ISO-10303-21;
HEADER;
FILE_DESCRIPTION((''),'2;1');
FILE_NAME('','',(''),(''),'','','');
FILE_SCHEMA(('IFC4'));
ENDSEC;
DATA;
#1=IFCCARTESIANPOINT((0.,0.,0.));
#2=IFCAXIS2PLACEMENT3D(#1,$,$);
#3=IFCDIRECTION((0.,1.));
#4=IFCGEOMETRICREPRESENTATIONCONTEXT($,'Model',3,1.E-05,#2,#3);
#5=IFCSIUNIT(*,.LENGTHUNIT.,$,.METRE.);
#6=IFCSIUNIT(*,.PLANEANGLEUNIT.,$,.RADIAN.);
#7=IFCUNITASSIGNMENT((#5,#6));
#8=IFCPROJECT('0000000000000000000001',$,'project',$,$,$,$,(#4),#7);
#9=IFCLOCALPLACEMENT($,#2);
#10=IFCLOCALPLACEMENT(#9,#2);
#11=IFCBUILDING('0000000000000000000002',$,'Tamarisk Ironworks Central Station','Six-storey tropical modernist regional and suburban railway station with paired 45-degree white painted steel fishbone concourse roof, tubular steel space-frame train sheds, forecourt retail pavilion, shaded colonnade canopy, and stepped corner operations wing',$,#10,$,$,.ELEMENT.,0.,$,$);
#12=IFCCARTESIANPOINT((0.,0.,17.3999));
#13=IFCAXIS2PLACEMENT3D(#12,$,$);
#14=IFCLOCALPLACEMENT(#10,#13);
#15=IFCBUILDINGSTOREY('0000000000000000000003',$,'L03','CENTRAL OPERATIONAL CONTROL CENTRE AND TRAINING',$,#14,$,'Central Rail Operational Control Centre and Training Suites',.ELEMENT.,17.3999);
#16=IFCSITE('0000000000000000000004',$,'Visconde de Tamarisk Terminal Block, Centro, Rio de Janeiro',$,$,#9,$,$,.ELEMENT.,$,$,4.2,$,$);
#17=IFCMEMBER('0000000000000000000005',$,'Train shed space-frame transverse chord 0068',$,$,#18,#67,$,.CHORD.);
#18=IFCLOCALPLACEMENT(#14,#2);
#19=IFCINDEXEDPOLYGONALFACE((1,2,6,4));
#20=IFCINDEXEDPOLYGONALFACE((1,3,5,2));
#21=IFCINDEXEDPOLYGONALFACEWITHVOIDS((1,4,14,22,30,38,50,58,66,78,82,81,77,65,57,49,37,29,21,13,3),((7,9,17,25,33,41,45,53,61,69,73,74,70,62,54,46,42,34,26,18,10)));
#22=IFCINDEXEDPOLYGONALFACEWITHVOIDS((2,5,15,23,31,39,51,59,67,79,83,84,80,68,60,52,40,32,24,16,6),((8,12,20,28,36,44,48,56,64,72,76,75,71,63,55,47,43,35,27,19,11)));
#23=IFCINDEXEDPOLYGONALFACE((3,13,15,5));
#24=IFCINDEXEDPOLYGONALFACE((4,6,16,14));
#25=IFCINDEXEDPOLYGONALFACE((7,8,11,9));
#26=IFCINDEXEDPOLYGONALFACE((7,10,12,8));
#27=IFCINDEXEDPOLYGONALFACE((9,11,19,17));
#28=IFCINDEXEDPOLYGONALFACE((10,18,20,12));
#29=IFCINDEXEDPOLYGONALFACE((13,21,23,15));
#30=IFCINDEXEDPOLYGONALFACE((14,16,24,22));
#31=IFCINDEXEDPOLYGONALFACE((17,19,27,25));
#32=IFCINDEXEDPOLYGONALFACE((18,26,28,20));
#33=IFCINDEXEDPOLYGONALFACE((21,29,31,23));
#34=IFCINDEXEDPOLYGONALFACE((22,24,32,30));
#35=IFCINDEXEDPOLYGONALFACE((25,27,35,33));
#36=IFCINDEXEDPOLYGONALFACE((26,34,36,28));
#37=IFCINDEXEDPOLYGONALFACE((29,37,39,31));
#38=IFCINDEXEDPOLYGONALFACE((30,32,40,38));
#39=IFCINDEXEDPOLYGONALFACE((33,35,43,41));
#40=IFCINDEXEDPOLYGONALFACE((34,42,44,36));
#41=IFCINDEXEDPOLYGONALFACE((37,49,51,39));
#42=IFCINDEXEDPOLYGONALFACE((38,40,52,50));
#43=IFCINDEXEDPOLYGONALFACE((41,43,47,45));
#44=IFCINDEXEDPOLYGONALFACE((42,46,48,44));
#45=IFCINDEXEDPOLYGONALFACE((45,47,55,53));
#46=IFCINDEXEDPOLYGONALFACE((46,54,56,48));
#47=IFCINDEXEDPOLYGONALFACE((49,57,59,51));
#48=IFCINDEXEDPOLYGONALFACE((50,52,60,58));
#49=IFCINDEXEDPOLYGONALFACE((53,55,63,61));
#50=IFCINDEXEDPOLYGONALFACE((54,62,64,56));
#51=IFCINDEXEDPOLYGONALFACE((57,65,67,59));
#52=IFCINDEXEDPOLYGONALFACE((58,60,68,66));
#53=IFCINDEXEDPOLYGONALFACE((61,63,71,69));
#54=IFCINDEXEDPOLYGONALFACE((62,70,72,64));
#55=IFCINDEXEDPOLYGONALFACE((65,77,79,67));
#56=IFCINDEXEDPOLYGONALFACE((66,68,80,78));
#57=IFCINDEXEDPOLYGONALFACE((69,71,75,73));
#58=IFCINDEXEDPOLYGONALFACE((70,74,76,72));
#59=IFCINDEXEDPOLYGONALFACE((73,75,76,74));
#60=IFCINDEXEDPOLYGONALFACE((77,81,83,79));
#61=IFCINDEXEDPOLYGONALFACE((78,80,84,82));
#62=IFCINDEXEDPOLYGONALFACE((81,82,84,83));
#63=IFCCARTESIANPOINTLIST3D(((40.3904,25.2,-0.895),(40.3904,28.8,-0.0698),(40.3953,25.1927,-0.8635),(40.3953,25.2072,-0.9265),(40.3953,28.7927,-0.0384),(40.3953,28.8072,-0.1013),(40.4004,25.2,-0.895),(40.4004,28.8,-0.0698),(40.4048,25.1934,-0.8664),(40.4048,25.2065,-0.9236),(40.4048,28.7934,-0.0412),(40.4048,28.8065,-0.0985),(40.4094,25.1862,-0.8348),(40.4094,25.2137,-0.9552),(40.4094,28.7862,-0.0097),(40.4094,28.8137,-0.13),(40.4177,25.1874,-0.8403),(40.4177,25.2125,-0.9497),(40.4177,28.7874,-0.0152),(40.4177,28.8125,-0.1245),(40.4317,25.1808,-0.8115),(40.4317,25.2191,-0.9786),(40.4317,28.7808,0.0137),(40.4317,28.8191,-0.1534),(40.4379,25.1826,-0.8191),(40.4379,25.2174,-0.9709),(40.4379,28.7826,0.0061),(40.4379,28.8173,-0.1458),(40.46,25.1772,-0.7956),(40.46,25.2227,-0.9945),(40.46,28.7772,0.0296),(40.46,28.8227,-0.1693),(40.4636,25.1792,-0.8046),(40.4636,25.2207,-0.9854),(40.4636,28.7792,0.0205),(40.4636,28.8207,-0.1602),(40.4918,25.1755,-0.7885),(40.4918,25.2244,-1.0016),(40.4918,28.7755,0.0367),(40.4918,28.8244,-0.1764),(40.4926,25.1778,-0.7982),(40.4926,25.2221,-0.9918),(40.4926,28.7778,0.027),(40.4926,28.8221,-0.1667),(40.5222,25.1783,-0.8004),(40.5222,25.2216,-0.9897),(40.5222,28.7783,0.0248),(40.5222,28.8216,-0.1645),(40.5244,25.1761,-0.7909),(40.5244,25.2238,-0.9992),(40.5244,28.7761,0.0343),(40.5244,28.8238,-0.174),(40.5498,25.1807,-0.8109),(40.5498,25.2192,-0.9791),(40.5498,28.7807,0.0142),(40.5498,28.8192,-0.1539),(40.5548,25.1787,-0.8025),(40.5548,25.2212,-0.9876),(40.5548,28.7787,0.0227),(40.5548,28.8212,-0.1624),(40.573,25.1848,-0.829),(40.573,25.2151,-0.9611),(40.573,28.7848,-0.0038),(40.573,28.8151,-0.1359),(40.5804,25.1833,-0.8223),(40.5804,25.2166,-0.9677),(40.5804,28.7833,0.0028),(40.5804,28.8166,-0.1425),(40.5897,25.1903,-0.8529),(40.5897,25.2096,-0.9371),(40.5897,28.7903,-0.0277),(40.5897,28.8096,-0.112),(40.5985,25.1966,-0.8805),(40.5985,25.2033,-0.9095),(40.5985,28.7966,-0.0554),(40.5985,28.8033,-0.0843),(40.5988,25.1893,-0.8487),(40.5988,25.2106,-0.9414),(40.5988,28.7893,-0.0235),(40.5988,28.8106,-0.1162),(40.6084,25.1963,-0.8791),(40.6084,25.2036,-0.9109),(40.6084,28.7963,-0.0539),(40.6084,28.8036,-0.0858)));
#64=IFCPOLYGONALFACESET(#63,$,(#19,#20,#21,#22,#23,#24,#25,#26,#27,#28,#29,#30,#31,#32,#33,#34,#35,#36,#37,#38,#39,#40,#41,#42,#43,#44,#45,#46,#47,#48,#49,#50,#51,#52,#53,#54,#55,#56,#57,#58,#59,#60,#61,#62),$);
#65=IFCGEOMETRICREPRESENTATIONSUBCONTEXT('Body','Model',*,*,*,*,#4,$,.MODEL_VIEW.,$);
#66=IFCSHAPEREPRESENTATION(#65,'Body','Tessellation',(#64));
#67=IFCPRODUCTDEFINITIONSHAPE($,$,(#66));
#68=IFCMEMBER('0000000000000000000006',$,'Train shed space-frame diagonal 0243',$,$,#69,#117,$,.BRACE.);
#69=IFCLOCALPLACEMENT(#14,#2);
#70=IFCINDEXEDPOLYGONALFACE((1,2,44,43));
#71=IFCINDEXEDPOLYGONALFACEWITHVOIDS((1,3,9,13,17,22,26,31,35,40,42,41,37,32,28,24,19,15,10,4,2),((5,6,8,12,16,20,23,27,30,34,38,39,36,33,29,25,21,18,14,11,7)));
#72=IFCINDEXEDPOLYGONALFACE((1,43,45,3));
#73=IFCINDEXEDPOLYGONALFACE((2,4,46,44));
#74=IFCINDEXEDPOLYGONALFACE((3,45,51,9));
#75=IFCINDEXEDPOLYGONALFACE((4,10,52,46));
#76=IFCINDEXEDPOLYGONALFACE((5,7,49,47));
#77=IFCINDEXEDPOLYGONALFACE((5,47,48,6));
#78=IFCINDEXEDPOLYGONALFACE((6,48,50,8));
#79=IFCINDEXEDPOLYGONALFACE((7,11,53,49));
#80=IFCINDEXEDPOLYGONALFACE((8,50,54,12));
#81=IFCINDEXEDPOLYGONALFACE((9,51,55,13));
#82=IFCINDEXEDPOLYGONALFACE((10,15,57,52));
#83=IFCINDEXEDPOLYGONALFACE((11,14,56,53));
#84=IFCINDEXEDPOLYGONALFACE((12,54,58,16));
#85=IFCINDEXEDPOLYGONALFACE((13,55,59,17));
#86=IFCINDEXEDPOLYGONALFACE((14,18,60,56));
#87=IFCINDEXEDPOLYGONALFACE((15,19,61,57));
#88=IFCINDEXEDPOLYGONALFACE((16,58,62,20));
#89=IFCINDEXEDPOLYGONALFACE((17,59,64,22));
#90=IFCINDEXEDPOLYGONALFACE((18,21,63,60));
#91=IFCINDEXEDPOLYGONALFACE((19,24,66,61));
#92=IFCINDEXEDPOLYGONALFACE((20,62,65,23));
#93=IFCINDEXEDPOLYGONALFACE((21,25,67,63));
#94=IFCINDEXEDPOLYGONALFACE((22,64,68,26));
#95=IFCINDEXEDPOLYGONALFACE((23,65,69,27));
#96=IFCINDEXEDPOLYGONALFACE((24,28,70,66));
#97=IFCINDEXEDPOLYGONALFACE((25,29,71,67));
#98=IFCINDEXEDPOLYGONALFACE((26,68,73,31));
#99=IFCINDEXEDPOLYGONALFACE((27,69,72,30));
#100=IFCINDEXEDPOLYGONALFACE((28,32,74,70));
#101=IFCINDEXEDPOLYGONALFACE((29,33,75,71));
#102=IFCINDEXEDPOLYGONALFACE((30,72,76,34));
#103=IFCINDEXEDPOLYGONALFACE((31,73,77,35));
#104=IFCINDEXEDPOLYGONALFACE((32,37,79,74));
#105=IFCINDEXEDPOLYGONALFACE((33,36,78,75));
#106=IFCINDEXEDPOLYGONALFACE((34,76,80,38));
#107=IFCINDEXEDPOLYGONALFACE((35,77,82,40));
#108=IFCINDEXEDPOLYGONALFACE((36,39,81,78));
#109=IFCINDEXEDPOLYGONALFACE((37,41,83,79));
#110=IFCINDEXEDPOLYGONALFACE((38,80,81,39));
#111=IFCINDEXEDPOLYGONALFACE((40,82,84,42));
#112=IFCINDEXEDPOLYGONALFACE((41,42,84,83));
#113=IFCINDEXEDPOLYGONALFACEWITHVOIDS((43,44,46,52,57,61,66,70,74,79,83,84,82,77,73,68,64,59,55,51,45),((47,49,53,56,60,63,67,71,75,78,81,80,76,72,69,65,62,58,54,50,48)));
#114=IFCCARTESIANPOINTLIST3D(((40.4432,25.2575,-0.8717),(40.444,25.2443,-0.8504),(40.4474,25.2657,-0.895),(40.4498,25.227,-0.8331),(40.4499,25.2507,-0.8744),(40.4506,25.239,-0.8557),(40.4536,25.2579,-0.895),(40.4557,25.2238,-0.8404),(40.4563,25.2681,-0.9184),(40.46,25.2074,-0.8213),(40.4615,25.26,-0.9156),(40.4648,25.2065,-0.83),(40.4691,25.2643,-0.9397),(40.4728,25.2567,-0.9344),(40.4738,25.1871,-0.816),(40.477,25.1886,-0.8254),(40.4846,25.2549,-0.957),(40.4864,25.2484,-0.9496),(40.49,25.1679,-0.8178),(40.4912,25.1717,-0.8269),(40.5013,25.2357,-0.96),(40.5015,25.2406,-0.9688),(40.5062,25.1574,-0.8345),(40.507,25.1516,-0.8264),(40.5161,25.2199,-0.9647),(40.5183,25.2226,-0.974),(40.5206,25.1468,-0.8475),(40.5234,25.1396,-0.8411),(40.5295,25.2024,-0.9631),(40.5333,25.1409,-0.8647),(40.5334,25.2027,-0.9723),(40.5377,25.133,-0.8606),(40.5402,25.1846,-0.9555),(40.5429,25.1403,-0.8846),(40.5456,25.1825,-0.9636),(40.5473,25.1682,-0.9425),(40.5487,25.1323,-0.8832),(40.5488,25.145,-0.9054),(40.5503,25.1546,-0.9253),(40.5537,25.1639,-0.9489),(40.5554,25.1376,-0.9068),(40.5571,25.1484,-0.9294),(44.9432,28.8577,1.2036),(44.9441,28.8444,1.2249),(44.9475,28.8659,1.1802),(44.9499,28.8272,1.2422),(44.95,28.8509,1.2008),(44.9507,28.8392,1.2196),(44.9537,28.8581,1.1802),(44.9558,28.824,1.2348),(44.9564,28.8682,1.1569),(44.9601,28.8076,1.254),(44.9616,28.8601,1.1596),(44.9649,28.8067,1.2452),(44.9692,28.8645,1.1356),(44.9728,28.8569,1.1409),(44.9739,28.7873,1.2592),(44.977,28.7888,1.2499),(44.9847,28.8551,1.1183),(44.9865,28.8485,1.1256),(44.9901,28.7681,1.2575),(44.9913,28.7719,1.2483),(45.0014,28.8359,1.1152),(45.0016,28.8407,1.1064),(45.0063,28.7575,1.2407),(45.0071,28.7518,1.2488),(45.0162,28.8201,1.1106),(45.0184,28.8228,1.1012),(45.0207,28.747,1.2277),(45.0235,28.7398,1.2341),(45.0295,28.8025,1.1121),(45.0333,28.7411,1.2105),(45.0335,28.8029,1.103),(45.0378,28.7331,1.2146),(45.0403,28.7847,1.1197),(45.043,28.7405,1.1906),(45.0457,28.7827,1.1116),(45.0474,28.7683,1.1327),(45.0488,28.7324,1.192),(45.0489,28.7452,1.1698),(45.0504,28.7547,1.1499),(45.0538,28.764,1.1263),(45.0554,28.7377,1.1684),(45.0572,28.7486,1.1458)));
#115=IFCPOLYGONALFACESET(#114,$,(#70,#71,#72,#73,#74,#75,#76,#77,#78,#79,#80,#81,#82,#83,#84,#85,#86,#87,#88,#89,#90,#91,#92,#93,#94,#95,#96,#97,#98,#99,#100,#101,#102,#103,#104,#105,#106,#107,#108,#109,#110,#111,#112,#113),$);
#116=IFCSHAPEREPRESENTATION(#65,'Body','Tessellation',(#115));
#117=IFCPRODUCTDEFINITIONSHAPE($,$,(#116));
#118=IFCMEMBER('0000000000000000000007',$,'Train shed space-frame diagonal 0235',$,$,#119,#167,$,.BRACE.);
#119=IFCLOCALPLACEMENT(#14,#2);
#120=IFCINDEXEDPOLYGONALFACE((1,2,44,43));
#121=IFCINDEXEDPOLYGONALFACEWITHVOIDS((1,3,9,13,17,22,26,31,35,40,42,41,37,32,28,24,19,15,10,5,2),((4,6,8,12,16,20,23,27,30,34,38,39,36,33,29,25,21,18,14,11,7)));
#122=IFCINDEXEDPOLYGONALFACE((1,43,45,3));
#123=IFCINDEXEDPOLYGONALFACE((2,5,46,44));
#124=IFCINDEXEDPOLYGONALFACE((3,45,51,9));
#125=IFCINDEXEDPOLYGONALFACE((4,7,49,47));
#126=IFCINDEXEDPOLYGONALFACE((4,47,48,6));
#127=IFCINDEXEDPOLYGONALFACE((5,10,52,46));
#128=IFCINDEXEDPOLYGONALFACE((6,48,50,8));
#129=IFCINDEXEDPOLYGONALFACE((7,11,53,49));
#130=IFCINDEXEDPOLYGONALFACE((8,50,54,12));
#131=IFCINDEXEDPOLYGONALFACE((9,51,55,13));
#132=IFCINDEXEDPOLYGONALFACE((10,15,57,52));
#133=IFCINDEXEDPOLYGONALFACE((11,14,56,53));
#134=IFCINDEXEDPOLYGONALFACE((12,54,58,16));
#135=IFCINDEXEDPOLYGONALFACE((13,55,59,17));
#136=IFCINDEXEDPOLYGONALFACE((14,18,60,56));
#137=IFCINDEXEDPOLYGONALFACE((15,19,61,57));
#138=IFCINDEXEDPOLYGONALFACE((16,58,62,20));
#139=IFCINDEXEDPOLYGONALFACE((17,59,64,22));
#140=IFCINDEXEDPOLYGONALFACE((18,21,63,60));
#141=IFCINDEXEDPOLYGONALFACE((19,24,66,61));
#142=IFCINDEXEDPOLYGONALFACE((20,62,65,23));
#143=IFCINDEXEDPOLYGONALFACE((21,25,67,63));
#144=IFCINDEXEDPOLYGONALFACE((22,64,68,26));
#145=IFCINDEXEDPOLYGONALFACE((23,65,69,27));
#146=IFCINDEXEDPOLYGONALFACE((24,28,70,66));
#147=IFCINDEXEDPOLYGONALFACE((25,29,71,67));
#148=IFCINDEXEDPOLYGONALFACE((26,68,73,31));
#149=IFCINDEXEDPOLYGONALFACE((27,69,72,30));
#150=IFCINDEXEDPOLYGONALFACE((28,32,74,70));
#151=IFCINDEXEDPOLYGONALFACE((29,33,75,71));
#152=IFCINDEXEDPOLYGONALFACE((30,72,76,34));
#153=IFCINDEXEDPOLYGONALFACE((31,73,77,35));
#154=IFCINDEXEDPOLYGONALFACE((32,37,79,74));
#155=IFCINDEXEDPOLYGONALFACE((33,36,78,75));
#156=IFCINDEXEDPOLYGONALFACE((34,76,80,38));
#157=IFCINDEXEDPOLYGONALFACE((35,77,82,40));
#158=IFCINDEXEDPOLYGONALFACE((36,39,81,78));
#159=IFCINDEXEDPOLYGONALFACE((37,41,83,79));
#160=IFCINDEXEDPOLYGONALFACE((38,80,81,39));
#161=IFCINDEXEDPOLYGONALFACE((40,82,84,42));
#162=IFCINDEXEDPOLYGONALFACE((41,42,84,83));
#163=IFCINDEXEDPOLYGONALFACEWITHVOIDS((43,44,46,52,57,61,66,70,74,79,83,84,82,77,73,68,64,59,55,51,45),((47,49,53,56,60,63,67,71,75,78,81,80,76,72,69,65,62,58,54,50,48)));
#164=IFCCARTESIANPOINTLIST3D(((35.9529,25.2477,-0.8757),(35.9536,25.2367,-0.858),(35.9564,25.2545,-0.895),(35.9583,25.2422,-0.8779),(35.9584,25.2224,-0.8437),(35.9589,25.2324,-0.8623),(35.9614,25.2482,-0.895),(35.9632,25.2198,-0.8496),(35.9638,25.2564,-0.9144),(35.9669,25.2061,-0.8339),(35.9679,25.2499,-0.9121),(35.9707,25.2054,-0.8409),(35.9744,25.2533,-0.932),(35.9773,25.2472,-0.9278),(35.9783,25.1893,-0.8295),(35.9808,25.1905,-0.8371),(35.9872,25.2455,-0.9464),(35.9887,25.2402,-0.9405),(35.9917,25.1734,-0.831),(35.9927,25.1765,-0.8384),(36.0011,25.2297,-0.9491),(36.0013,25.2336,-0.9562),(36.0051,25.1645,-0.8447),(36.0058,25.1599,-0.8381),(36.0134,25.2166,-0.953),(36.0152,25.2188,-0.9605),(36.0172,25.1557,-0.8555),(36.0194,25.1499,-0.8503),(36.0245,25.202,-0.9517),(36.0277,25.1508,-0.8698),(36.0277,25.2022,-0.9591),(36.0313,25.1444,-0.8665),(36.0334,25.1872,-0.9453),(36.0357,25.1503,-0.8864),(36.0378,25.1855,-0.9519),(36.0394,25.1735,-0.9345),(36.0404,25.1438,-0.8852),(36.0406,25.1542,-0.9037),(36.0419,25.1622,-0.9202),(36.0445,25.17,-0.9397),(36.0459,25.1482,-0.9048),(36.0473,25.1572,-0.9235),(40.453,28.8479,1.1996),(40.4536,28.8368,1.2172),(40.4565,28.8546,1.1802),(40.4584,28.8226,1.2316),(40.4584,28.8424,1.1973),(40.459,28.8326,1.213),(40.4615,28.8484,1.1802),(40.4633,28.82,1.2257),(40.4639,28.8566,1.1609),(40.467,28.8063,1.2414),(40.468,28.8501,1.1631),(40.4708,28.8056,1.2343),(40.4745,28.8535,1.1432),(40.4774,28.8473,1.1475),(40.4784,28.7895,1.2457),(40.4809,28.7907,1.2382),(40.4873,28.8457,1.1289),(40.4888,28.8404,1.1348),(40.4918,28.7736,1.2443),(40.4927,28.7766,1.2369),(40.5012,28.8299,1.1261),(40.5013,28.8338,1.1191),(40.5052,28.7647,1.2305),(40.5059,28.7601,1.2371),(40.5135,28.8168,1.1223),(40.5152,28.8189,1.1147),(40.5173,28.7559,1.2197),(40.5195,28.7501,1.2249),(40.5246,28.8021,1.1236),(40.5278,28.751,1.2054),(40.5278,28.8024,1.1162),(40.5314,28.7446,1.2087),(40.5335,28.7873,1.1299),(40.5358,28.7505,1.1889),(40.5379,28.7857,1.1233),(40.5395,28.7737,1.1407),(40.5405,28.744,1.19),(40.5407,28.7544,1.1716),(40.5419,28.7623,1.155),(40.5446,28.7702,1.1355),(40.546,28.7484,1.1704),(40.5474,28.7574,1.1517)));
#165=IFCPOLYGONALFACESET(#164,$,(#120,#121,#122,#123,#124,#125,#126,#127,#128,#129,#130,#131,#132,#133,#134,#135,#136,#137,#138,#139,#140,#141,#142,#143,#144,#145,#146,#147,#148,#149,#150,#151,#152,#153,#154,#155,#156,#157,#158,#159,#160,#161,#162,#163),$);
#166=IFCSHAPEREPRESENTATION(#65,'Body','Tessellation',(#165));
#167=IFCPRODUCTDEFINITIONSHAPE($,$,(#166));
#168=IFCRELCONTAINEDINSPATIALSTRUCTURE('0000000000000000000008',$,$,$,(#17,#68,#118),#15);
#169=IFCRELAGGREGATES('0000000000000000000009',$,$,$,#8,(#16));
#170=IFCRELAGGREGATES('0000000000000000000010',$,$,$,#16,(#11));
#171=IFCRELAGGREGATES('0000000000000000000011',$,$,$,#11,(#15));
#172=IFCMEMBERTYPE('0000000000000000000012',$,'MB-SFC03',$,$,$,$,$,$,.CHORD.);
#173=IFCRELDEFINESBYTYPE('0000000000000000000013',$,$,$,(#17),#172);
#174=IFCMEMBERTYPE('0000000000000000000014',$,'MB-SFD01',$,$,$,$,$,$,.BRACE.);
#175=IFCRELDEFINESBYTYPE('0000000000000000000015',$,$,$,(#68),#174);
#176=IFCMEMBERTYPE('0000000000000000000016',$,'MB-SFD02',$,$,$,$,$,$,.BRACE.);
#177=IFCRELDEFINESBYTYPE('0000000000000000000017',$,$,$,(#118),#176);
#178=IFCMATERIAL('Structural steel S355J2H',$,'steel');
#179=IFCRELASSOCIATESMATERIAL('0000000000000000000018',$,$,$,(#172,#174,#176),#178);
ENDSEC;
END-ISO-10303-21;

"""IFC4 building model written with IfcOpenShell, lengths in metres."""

from ifc_helpers import new_model, si_unit, direction, frame, origin, origin_2d, place, context, subcontext, project, spatial, hollow_circle, extrude, material, material_profile, profile_set, type_object, element, save


model = new_model("IFC4")

# Units and contexts
model_context = context("Model", 3, precision=1e-05, world=origin(), true_north=direction((0.0, 1.0)))
body_context = subcontext(model_context, "Body", "Model", "MODEL_VIEW")
ifc_project = project(units=[si_unit("LENGTHUNIT", "METRE"), si_unit("PLANEANGLEUNIT", "RADIAN")], contexts=[model_context])

# Site, building, storey
site_placement = place(None, origin())
site = spatial("IfcSite", under=ifc_project, at=site_placement, Name="Visconde de Tamarisk Terminal Block, Centro, Rio de Janeiro", CompositionType="ELEMENT", RefElevation=4.2)
building_placement = place(site_placement, origin())
building = spatial("IfcBuilding", under=site, at=building_placement, Name="Tamarisk Ironworks Central Station", Description="Six-storey tropical modernist regional and suburban railway station with paired 45-degree white painted steel fishbone concourse roof, tubular steel space-frame train sheds, forecourt retail pavilion, shaded colonnade canopy, and stepped corner operations wing", CompositionType="ELEMENT", ElevationOfRefHeight=0.0)
storey_placement = place(building_placement, frame((0.0, 0.0, 17.3999)))
storey = spatial("IfcBuildingStorey", under=building, at=storey_placement, Name="L03", Description="CENTRAL OPERATIONAL CONTROL CENTRE AND TRAINING", LongName="Central Rail Operational Control Centre and Training Suites", CompositionType="ELEMENT", Elevation=17.3999)

# Members
ifc_material_1 = material(Name="Structural steel S355J2H", Category="steel")
ifc_material_profile_1 = material_profile(ifc_material_1, hollow_circle(Radius=0.1096, WallThickness=0.01, at=origin_2d()), Name="CHS 219.1x10")
ifc_profile_set_1 = profile_set([ifc_material_profile_1], Name="Structural steel S355J2H")
member_type_1 = type_object("IfcMemberType", Name="MB-SFC03", PredefinedType="CHORD", material=ifc_profile_set_1)
member_1_placement = place(storey_placement, frame((40.5, 25.2, -0.895), z_axis=(0.0, 0.974722, 0.223421), x_axis=(-1.0, 0.0, 0.0)))
element("IfcMember", 1, at=member_1_placement, inside=storey, type_object=member_type_1, Name="Train shed space-frame transverse chord 0068", PredefinedType="CHORD", context=body_context, shape_type="SweptSolid", body=[
    extrude(hollow_circle(Radius=0.1096, WallThickness=0.01, at=origin_2d()), origin(), (0.0, 0.0, 1.0), 3.6934),
])
ifc_material_profile_2 = material_profile(ifc_material_1, hollow_circle(Radius=0.0842, WallThickness=0.01, at=origin_2d()), Name="CHS 168.3x10")
ifc_profile_set_2 = profile_set([ifc_material_profile_2], Name="Structural steel S355J2H")
member_type_2 = type_object("IfcMemberType", Name="MB-SFD01", PredefinedType="BRACE", material=ifc_profile_set_2)
member_2_placement = place(storey_placement, frame((40.5, 25.2, -0.895), z_axis=(0.734679, 0.587759, 0.338801), x_axis=(-0.624705, 0.780861, 0.0)))
element("IfcMember", 2, at=member_2_placement, inside=storey, type_object=member_type_2, Name="Train shed space-frame diagonal 0243", PredefinedType="BRACE", context=body_context, shape_type="SweptSolid", body=[
    extrude(hollow_circle(Radius=0.0842, WallThickness=0.01, at=origin_2d()), origin(), (0.0, 0.0, 1.0), 6.1252),
])
ifc_material_profile_3 = material_profile(ifc_material_1, hollow_circle(Radius=0.0698, WallThickness=0.0081, at=origin_2d()), Name="CHS 139.7x8")
ifc_profile_set_3 = profile_set([ifc_material_profile_3], Name="Structural steel S355J2H")
member_type_3 = type_object("IfcMemberType", Name="MB-SFD02", PredefinedType="BRACE", material=ifc_profile_set_3)
member_3_placement = place(storey_placement, frame((36.0, 25.2, -0.895), z_axis=(0.734679, 0.587759, 0.338801), x_axis=(-0.624705, 0.780861, 0.0)))
element("IfcMember", 3, at=member_3_placement, inside=storey, type_object=member_type_3, Name="Train shed space-frame diagonal 0235", PredefinedType="BRACE", context=body_context, shape_type="SweptSolid", body=[
    extrude(hollow_circle(Radius=0.0698, WallThickness=0.0081, at=origin_2d()), origin(), (0.0, 0.0, 1.0), 6.1252),
])

save(model, "model.ifc")
